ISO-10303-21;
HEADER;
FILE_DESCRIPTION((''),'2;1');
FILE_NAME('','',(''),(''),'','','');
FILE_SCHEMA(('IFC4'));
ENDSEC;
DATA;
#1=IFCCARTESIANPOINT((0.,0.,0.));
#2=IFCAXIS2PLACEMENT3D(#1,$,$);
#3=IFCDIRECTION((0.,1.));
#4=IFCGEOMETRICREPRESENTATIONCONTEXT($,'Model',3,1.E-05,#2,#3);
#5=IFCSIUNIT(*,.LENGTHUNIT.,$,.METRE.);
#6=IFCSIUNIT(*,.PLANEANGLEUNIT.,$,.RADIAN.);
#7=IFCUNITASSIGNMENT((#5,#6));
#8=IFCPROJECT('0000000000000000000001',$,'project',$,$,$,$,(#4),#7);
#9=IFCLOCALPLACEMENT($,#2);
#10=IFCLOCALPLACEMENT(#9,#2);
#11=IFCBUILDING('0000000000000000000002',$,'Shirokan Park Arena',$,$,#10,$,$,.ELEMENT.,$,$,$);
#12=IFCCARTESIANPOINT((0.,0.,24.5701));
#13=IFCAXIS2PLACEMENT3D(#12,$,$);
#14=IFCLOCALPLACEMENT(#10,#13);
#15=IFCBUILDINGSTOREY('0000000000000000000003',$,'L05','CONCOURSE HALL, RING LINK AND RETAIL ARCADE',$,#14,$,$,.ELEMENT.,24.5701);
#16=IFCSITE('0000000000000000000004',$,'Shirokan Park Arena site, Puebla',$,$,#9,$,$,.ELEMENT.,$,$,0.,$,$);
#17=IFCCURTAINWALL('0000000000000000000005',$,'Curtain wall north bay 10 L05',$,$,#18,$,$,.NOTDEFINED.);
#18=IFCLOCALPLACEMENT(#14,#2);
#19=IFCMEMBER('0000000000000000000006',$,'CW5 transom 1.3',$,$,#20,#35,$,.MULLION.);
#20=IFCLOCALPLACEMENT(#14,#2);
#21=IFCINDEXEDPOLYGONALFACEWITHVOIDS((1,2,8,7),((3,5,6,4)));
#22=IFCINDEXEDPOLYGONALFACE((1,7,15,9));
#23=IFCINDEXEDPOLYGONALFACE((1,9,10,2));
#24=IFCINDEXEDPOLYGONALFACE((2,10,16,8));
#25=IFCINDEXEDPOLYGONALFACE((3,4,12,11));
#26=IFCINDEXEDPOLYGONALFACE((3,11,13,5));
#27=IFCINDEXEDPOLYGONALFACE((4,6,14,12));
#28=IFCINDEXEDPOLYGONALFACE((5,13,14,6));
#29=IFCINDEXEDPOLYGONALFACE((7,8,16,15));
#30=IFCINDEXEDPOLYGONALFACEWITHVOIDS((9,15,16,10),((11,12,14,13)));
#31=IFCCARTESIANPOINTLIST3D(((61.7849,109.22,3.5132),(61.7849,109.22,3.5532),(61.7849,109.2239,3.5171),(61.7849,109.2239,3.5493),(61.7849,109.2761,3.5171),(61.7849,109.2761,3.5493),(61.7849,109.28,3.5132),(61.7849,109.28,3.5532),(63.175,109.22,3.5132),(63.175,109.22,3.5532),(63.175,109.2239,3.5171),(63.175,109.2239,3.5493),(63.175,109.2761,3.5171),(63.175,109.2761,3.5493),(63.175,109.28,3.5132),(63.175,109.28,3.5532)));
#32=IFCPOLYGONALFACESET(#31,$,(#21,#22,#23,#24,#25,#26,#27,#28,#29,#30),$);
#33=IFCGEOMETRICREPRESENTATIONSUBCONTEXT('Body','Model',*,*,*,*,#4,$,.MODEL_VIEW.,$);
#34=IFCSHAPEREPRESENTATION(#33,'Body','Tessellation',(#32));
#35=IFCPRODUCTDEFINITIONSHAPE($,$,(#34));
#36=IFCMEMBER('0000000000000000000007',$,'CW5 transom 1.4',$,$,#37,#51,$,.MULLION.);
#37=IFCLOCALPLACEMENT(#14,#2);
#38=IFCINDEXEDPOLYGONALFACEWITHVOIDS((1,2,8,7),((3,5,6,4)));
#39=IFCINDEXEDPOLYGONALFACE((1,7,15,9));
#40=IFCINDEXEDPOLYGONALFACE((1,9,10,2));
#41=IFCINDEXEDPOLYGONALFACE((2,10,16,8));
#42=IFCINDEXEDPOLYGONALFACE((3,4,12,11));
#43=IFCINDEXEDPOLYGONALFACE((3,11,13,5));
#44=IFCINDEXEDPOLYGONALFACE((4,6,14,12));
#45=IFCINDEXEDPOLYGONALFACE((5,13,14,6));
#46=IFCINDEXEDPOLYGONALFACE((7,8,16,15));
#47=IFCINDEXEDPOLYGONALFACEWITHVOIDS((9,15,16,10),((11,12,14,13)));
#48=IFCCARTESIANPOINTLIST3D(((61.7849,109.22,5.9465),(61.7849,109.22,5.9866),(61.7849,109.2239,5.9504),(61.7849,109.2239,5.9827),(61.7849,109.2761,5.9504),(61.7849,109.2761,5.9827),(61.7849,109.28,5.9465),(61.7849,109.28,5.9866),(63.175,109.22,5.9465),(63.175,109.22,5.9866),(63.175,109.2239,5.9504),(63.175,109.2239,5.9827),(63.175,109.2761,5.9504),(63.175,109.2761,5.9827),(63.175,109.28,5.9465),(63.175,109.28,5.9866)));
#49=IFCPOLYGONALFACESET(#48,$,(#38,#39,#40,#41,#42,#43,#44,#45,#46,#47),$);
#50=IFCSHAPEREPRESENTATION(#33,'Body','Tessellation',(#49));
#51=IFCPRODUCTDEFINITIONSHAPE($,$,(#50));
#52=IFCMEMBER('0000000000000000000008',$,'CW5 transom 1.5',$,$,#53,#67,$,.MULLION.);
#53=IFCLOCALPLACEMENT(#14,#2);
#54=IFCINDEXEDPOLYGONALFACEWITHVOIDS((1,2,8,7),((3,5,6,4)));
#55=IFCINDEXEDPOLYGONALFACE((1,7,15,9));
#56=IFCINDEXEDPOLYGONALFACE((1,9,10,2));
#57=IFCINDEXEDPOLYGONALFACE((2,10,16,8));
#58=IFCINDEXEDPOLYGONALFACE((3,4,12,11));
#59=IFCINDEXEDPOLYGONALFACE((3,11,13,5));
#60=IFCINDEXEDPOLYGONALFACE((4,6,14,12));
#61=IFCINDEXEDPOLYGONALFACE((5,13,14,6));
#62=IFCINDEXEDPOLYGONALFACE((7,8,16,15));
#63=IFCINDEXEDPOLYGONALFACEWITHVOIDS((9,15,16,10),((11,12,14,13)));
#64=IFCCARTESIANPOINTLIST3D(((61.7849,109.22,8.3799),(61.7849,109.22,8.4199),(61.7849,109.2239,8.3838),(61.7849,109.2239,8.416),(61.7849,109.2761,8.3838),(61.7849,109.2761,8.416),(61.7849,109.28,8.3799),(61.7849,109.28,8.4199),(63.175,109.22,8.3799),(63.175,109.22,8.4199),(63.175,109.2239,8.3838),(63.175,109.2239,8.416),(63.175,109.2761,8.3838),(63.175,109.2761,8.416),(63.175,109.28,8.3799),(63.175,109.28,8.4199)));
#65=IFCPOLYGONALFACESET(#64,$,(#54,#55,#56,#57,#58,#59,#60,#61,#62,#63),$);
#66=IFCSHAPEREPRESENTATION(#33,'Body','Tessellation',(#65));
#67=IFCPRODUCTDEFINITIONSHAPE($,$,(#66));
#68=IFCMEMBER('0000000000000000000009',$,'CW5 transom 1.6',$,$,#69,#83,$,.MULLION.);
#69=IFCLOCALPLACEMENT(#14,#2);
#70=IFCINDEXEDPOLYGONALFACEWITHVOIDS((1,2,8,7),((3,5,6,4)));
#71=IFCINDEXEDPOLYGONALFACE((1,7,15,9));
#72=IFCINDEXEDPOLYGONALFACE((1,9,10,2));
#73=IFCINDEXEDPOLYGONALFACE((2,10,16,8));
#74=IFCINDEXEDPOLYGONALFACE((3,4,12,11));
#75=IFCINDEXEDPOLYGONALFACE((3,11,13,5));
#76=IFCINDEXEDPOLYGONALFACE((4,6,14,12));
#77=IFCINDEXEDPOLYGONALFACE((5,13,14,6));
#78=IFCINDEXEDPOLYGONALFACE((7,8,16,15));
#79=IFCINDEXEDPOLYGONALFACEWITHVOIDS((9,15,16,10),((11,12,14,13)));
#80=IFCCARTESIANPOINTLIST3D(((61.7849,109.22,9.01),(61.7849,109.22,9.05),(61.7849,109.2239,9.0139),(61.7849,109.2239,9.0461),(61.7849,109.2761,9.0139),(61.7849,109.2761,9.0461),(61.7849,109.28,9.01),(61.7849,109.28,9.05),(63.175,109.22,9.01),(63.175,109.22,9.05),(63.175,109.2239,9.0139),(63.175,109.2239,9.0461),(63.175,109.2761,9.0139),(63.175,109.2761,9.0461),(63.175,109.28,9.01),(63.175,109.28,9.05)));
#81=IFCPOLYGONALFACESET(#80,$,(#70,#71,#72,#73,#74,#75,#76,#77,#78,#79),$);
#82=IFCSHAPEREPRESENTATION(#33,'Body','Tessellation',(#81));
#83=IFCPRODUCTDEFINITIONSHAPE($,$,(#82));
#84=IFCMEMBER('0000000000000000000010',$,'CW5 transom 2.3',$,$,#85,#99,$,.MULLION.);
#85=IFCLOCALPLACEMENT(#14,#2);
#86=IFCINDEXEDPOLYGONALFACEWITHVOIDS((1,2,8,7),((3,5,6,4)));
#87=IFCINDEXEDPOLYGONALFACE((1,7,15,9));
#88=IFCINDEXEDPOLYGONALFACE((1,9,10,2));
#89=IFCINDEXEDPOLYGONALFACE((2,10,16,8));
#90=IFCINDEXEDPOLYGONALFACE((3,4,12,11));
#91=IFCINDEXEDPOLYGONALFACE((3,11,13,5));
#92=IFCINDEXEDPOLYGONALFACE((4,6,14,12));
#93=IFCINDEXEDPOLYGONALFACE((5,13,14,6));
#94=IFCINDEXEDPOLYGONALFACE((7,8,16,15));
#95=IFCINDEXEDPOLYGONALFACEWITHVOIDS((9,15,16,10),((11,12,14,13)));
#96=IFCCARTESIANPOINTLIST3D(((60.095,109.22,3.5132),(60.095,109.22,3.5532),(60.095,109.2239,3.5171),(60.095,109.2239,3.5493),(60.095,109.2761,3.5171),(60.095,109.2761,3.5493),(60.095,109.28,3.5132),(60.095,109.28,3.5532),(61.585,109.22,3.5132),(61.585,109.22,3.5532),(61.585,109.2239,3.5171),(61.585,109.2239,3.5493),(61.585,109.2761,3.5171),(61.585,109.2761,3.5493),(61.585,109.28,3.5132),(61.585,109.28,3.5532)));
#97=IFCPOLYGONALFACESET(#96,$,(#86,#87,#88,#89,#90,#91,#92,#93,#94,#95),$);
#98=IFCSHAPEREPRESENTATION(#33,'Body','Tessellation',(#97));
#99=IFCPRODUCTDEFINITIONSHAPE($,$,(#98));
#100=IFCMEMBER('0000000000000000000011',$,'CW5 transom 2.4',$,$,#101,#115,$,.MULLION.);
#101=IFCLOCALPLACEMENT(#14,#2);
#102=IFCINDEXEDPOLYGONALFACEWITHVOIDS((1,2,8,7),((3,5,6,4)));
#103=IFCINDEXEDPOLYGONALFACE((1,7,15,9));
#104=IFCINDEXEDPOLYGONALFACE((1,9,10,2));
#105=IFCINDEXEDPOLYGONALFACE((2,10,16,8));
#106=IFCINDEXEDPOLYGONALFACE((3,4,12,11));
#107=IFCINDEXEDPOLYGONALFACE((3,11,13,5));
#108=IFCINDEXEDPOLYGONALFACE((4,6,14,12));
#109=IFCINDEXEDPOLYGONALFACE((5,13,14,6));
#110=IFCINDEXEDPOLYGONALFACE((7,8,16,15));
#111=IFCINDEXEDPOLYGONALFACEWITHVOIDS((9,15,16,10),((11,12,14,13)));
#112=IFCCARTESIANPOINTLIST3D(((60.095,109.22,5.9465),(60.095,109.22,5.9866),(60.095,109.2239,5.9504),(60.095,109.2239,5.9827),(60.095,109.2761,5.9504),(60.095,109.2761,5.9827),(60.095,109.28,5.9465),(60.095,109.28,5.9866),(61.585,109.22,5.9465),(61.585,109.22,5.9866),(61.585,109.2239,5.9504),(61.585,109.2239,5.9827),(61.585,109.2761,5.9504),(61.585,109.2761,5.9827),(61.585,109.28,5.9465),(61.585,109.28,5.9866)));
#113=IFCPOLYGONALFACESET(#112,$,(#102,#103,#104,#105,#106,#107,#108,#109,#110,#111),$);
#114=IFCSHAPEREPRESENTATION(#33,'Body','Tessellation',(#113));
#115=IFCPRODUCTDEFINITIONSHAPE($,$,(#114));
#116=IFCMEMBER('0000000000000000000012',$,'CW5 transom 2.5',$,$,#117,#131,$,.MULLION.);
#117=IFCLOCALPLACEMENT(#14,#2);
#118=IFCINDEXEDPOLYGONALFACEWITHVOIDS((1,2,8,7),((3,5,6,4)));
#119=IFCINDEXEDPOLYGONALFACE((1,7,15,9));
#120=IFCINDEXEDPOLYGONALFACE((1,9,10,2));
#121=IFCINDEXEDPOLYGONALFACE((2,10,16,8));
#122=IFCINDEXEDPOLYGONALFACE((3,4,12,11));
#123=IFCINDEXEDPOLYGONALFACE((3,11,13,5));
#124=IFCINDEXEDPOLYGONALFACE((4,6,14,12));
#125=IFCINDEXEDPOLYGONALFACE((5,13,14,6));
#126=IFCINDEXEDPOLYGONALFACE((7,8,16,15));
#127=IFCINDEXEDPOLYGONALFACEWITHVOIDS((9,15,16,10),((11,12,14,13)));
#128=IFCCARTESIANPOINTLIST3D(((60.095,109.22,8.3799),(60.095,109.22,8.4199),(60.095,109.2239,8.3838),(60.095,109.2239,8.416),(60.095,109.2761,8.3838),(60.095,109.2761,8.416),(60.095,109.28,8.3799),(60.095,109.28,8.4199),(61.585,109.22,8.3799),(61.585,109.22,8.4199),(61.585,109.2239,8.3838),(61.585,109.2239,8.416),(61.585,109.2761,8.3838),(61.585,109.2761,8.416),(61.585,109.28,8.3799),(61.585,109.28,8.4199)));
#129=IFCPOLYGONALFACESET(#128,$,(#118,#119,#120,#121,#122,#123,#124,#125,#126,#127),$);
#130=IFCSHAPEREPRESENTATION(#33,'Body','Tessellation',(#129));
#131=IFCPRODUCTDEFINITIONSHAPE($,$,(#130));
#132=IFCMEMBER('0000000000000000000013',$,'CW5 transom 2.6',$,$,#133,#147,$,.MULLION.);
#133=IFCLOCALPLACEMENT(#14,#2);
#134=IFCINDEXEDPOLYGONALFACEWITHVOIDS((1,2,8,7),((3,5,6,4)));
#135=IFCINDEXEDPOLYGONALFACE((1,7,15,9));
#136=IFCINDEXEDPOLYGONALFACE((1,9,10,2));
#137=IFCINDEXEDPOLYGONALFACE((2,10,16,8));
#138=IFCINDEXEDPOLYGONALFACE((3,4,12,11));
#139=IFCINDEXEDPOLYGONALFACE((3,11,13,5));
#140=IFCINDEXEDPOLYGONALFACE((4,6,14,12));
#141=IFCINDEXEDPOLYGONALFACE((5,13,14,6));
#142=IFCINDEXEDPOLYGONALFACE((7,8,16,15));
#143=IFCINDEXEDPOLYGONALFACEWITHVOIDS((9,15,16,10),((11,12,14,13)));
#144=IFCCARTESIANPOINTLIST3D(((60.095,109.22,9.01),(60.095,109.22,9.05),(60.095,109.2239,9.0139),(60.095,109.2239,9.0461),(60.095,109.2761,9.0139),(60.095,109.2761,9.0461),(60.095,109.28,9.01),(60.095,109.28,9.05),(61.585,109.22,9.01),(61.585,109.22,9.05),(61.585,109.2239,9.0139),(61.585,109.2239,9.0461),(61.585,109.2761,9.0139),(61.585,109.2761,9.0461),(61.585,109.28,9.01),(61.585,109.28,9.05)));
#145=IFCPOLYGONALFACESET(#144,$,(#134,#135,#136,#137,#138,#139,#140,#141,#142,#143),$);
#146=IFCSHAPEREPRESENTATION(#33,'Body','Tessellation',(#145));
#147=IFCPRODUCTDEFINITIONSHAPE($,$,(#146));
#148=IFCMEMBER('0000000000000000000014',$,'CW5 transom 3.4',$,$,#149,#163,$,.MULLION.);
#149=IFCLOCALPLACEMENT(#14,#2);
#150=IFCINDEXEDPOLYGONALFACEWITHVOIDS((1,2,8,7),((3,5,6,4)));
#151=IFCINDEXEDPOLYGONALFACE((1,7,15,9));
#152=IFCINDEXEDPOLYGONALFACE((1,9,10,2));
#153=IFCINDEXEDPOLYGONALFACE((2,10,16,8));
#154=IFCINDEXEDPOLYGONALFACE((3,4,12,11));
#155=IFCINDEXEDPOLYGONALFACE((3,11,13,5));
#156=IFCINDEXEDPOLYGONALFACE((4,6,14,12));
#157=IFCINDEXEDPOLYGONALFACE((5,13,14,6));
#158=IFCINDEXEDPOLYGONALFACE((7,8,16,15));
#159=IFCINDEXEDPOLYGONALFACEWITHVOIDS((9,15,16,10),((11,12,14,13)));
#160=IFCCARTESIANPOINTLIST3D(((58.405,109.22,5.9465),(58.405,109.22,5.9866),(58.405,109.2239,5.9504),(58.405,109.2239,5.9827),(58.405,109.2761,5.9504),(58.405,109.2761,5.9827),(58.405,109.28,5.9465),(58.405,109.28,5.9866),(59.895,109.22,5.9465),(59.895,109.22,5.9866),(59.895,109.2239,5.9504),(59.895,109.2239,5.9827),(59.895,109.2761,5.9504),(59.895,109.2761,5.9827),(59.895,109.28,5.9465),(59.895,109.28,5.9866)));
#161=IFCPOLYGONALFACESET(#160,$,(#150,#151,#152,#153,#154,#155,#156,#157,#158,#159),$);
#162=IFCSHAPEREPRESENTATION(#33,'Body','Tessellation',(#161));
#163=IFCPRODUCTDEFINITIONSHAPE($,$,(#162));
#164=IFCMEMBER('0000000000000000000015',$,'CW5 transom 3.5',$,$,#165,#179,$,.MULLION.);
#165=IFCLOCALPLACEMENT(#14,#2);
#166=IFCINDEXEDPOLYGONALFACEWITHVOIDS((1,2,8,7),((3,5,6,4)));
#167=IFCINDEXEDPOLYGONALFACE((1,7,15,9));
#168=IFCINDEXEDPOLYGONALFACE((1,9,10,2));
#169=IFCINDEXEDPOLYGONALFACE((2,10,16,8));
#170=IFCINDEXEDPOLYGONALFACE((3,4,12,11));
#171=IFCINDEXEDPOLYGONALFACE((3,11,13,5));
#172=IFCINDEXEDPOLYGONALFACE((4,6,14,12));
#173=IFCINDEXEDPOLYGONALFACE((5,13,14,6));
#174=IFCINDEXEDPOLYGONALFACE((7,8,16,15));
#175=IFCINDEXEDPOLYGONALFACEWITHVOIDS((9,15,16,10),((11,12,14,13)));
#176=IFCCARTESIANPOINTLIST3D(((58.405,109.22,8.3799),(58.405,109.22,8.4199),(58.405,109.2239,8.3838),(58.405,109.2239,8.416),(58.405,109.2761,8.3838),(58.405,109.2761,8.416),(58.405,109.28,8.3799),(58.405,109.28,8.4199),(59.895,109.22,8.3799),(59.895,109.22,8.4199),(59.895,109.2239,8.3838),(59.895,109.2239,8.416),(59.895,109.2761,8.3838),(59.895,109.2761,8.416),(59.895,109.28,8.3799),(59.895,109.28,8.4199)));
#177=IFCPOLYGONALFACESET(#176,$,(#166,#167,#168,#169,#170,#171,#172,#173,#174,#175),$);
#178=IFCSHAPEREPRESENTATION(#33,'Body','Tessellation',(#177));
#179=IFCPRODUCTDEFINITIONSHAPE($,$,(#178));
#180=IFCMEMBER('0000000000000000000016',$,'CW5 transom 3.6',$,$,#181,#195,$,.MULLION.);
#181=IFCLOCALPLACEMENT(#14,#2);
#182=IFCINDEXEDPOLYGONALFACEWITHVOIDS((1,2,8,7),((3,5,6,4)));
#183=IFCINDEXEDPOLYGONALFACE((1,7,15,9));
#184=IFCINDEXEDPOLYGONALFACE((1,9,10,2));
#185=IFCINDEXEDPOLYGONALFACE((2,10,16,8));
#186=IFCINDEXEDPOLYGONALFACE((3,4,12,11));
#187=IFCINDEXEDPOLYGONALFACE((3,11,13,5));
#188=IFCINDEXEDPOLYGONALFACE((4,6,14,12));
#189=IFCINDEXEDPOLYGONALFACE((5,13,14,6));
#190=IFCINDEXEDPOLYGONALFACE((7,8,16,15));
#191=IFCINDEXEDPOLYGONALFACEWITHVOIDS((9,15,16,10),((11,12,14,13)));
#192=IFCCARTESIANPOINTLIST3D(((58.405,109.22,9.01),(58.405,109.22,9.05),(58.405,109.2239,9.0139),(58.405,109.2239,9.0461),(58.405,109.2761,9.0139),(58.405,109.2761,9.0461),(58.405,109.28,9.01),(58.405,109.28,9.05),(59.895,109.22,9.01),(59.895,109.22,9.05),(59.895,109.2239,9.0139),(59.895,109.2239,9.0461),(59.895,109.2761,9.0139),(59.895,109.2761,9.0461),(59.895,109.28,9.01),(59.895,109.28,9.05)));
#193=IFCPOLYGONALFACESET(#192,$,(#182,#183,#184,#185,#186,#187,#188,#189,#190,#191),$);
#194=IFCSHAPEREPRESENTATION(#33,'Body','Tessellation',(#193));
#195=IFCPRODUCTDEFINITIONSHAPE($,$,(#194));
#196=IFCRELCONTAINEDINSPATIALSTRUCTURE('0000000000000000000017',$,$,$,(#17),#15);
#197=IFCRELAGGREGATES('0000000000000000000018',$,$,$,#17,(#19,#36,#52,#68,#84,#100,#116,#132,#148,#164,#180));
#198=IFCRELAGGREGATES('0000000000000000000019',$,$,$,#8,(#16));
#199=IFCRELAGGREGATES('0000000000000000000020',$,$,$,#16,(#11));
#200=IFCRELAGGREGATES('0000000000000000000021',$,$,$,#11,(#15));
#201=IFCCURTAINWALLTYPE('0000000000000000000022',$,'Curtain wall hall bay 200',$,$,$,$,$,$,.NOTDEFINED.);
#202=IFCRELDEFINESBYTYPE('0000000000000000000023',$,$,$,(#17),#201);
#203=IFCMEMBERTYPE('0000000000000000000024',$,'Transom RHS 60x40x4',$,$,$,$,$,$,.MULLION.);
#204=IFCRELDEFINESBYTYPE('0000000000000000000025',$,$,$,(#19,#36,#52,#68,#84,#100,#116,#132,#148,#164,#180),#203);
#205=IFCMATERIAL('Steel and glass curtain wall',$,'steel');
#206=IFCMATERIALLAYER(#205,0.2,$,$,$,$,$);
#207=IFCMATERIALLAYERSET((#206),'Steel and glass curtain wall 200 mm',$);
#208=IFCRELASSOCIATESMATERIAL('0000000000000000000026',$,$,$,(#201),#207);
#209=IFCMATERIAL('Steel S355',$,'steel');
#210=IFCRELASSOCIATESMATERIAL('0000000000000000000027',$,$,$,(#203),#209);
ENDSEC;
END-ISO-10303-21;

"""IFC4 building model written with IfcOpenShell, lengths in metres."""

from ifc_helpers import new_model, si_unit, direction, frame, origin, origin_2d, place, context, subcontext, project, spatial, hollow_rectangle, extrude, material, layer, layer_set, material_profile, profile_set, type_object, element, aggregate, save


model = new_model("IFC4")

# Units and contexts
model_context = context("Model", 3, precision=1e-05, world=origin(), true_north=direction((0.0, 1.0)))
body_context = subcontext(model_context, "Body", "Model", "MODEL_VIEW")
ifc_project = project(units=[si_unit("LENGTHUNIT", "METRE"), si_unit("PLANEANGLEUNIT", "RADIAN")], contexts=[model_context])

# Site, building, storey
site_placement = place(None, origin())
site = spatial("IfcSite", under=ifc_project, at=site_placement, Name="Shirokan Park Arena site, Puebla", CompositionType="ELEMENT", RefElevation=0.0)
building_placement = place(site_placement, origin())
building = spatial("IfcBuilding", under=site, at=building_placement, Name="Shirokan Park Arena", CompositionType="ELEMENT")
storey_placement = place(building_placement, frame((0.0, 0.0, 24.5701)))
storey = spatial("IfcBuildingStorey", under=building, at=storey_placement, Name="L05", Description="CONCOURSE HALL, RING LINK AND RETAIL ARCADE", CompositionType="ELEMENT", Elevation=24.5701)

# Curtain wall, members
ifc_material_1 = material(Name="Steel and glass curtain wall", Category="steel")
ifc_layer_1 = layer(ifc_material_1, 0.2)
ifc_layer_set_1 = layer_set([ifc_layer_1], Name="Steel and glass curtain wall 200 mm")
curtain_wall_type = type_object("IfcCurtainWallType", Name="Curtain wall hall bay 200", PredefinedType="NOTDEFINED", material=ifc_layer_set_1)
curtain_wall_placement = place(storey_placement, origin())
curtain_wall = element("IfcCurtainWall", 1, at=curtain_wall_placement, inside=storey, type_object=curtain_wall_type, Name="Curtain wall north bay 10 L05", PredefinedType="NOTDEFINED")
ifc_material_2 = material(Name="Steel S355", Category="steel")
ifc_material_profile = material_profile(ifc_material_2, hollow_rectangle(XDim=0.0601, YDim=0.04, WallThickness=0.0039, at=origin_2d()), Name="RHS 60x40x4")
ifc_profile_set = profile_set([ifc_material_profile], Name="Steel S355")
member_type = type_object("IfcMemberType", Name="Transom RHS 60x40x4", PredefinedType="MULLION", material=ifc_profile_set)
member_1_placement = place(storey_placement, frame((63.175, 109.25, 3.5332), z_axis=(-1.0, 0.0, 0.0), x_axis=(0.0, -1.0, 0.0)))
member_1 = element("IfcMember", 2, at=member_1_placement, type_object=member_type, Name="CW5 transom 1.3", PredefinedType="MULLION", context=body_context, shape_type="SweptSolid", body=[
    extrude(hollow_rectangle(XDim=0.0601, YDim=0.04, WallThickness=0.0039, at=origin_2d()), origin(), (0.0, 0.0, 1.0), 1.3901),
])
member_2_placement = place(storey_placement, frame((63.175, 109.25, 5.9666), z_axis=(-1.0, 0.0, 0.0), x_axis=(0.0, -1.0, 0.0)))
member_2 = element("IfcMember", 3, at=member_2_placement, type_object=member_type, Name="CW5 transom 1.4", PredefinedType="MULLION", context=body_context, shape_type="SweptSolid", body=[
    extrude(hollow_rectangle(XDim=0.0601, YDim=0.04, WallThickness=0.0039, at=origin_2d()), origin(), (0.0, 0.0, 1.0), 1.3901),
])
member_3_placement = place(storey_placement, frame((63.175, 109.25, 8.3999), z_axis=(-1.0, 0.0, 0.0), x_axis=(0.0, -1.0, 0.0)))
member_3 = element("IfcMember", 4, at=member_3_placement, type_object=member_type, Name="CW5 transom 1.5", PredefinedType="MULLION", context=body_context, shape_type="SweptSolid", body=[
    extrude(hollow_rectangle(XDim=0.0601, YDim=0.04, WallThickness=0.0039, at=origin_2d()), origin(), (0.0, 0.0, 1.0), 1.3901),
])
member_4_placement = place(storey_placement, frame((63.175, 109.25, 9.03), z_axis=(-1.0, 0.0, 0.0), x_axis=(0.0, -1.0, 0.0)))
member_4 = element("IfcMember", 5, at=member_4_placement, type_object=member_type, Name="CW5 transom 1.6", PredefinedType="MULLION", context=body_context, shape_type="SweptSolid", body=[
    extrude(hollow_rectangle(XDim=0.0601, YDim=0.04, WallThickness=0.0039, at=origin_2d()), origin(), (0.0, 0.0, 1.0), 1.3901),
])
member_5_placement = place(storey_placement, frame((61.585, 109.25, 3.5332), z_axis=(-1.0, 0.0, 0.0), x_axis=(0.0, -1.0, 0.0)))
member_5 = element("IfcMember", 6, at=member_5_placement, type_object=member_type, Name="CW5 transom 2.3", PredefinedType="MULLION", context=body_context, shape_type="SweptSolid", body=[
    extrude(hollow_rectangle(XDim=0.0601, YDim=0.04, WallThickness=0.0039, at=origin_2d()), origin(), (0.0, 0.0, 1.0), 1.49),
])
member_6_placement = place(storey_placement, frame((61.585, 109.25, 5.9666), z_axis=(-1.0, 0.0, 0.0), x_axis=(0.0, -1.0, 0.0)))
member_6 = element("IfcMember", 7, at=member_6_placement, type_object=member_type, Name="CW5 transom 2.4", PredefinedType="MULLION", context=body_context, shape_type="SweptSolid", body=[
    extrude(hollow_rectangle(XDim=0.0601, YDim=0.04, WallThickness=0.0039, at=origin_2d()), origin(), (0.0, 0.0, 1.0), 1.49),
])
member_7_placement = place(storey_placement, frame((61.585, 109.25, 8.3999), z_axis=(-1.0, 0.0, 0.0), x_axis=(0.0, -1.0, 0.0)))
member_7 = element("IfcMember", 8, at=member_7_placement, type_object=member_type, Name="CW5 transom 2.5", PredefinedType="MULLION", context=body_context, shape_type="SweptSolid", body=[
    extrude(hollow_rectangle(XDim=0.0601, YDim=0.04, WallThickness=0.0039, at=origin_2d()), origin(), (0.0, 0.0, 1.0), 1.49),
])
member_8_placement = place(storey_placement, frame((61.585, 109.25, 9.03), z_axis=(-1.0, 0.0, 0.0), x_axis=(0.0, -1.0, 0.0)))
member_8 = element("IfcMember", 9, at=member_8_placement, type_object=member_type, Name="CW5 transom 2.6", PredefinedType="MULLION", context=body_context, shape_type="SweptSolid", body=[
    extrude(hollow_rectangle(XDim=0.0601, YDim=0.04, WallThickness=0.0039, at=origin_2d()), origin(), (0.0, 0.0, 1.0), 1.49),
])
member_9_placement = place(storey_placement, frame((59.895, 109.25, 5.9666), z_axis=(-1.0, 0.0, 0.0), x_axis=(0.0, -1.0, 0.0)))
member_9 = element("IfcMember", 10, at=member_9_placement, type_object=member_type, Name="CW5 transom 3.4", PredefinedType="MULLION", context=body_context, shape_type="SweptSolid", body=[
    extrude(hollow_rectangle(XDim=0.0601, YDim=0.04, WallThickness=0.0039, at=origin_2d()), origin(), (0.0, 0.0, 1.0), 1.49),
])
member_10_placement = place(storey_placement, frame((59.895, 109.25, 8.3999), z_axis=(-1.0, 0.0, 0.0), x_axis=(0.0, -1.0, 0.0)))
member_10 = element("IfcMember", 11, at=member_10_placement, type_object=member_type, Name="CW5 transom 3.5", PredefinedType="MULLION", context=body_context, shape_type="SweptSolid", body=[
    extrude(hollow_rectangle(XDim=0.0601, YDim=0.04, WallThickness=0.0039, at=origin_2d()), origin(), (0.0, 0.0, 1.0), 1.49),
])
member_11_placement = place(storey_placement, frame((59.895, 109.25, 9.03), z_axis=(-1.0, 0.0, 0.0), x_axis=(0.0, -1.0, 0.0)))
member_11 = element("IfcMember", 12, at=member_11_placement, type_object=member_type, Name="CW5 transom 3.6", PredefinedType="MULLION", context=body_context, shape_type="SweptSolid", body=[
    extrude(hollow_rectangle(XDim=0.0601, YDim=0.04, WallThickness=0.0039, at=origin_2d()), origin(), (0.0, 0.0, 1.0), 1.49),
])
aggregate(curtain_wall, [member_1, member_2, member_3, member_4, member_5, member_6, member_7, member_8, member_9, member_10, member_11])

save(model, "model.ifc")
